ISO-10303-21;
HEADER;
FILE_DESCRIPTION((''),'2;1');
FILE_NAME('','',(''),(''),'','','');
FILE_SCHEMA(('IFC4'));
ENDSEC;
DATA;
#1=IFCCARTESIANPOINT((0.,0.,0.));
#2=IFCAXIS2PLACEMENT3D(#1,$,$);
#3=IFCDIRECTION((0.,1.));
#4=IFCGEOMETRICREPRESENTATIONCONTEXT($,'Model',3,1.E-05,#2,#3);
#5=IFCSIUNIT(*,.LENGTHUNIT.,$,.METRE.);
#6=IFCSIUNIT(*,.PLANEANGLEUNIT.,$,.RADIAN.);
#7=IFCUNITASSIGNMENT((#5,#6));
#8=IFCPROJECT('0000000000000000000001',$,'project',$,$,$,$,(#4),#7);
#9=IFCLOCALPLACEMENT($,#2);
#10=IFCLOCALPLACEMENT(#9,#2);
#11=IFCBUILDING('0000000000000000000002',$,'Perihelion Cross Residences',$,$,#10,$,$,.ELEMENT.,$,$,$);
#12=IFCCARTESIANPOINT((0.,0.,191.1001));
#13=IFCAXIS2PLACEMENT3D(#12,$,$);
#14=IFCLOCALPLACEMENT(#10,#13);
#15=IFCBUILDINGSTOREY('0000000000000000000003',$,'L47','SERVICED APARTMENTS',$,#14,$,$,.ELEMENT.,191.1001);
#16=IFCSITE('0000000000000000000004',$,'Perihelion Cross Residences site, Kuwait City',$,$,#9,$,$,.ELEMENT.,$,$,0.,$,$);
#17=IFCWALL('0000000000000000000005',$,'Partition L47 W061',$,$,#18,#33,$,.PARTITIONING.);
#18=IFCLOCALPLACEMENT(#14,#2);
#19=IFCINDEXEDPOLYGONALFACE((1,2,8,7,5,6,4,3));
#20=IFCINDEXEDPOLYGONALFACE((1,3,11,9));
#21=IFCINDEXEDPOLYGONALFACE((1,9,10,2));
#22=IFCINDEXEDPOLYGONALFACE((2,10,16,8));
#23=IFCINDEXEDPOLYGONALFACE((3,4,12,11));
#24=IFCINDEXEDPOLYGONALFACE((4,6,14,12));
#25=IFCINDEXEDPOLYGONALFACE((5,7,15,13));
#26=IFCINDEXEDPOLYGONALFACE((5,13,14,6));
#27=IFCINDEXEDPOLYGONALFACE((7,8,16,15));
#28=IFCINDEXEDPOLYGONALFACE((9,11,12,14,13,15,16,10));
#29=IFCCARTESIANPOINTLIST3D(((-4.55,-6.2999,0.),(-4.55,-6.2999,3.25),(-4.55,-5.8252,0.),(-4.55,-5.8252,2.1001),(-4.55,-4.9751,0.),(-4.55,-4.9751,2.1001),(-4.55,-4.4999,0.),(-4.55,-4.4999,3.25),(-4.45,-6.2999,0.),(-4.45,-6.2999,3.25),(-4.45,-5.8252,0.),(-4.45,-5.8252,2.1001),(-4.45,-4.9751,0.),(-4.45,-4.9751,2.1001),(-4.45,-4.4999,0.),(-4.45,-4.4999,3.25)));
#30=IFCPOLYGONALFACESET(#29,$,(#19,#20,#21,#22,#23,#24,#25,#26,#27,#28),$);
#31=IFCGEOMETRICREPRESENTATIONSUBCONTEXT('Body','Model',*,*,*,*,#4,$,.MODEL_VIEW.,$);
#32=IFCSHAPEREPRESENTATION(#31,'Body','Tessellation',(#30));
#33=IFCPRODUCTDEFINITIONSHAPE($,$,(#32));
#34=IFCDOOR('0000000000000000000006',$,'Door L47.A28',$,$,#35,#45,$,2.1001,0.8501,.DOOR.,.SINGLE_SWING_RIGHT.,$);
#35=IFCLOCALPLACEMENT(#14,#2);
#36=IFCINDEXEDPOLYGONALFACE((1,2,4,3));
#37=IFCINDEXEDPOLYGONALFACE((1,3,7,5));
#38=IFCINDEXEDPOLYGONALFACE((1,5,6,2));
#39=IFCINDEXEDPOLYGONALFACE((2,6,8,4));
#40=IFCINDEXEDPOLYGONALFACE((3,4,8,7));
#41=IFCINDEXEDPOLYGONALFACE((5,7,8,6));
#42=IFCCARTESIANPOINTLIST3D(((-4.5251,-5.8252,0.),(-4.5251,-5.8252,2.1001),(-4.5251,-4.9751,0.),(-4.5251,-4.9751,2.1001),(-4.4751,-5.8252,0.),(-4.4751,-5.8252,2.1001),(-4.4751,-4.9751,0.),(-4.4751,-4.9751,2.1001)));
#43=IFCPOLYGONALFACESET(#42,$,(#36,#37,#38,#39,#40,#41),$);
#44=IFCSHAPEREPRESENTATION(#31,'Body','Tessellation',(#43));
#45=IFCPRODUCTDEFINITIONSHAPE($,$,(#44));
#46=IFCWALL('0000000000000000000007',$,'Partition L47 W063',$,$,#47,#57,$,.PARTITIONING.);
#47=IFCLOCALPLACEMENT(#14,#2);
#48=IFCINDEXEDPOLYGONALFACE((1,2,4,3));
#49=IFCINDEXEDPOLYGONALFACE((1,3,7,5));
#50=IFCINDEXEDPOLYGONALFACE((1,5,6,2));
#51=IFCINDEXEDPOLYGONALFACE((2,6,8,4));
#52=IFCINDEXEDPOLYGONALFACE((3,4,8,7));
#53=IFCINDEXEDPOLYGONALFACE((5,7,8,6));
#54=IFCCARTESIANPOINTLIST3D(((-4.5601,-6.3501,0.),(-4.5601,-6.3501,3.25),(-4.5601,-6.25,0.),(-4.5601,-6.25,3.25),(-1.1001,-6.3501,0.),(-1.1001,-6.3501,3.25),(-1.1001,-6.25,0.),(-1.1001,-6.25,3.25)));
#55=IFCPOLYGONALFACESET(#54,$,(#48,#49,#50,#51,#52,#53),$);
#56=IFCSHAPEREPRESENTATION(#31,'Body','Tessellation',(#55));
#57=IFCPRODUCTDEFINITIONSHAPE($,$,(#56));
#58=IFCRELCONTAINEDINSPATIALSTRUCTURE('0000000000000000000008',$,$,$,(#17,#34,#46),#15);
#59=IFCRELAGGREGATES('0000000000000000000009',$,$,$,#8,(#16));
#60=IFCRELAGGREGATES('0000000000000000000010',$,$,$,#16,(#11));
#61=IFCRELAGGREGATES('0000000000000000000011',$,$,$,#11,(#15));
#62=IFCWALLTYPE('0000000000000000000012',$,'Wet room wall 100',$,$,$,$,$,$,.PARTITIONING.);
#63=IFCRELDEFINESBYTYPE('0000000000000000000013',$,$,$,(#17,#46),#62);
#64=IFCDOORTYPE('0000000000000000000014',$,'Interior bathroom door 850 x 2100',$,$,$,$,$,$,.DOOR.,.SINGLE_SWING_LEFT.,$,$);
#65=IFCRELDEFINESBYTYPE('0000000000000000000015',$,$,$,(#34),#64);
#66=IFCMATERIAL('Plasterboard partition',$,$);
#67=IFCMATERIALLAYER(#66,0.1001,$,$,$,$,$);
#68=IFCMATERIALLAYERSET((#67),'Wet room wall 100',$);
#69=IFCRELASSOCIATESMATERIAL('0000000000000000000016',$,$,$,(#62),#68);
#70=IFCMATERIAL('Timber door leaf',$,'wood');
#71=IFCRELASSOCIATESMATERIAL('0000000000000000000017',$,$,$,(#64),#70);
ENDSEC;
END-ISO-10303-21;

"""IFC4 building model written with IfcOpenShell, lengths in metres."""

from ifc_helpers import new_model, si_unit, direction, frame, frame_2d, origin, place, context, subcontext, project, spatial, rectangle, extrude, material, layer, layer_set, type_object, element, fill, save


model = new_model("IFC4")

# Units and contexts
model_context = context("Model", 3, precision=1e-05, world=origin(), true_north=direction((0.0, 1.0)))
body_context = subcontext(model_context, "Body", "Model", "MODEL_VIEW")
ifc_project = project(units=[si_unit("LENGTHUNIT", "METRE"), si_unit("PLANEANGLEUNIT", "RADIAN")], contexts=[model_context])

# Site, building, storey
site_placement = place(None, origin())
site = spatial("IfcSite", under=ifc_project, at=site_placement, Name="Perihelion Cross Residences site, Kuwait City", CompositionType="ELEMENT", RefElevation=0.0)
building_placement = place(site_placement, origin())
building = spatial("IfcBuilding", under=site, at=building_placement, Name="Perihelion Cross Residences", CompositionType="ELEMENT")
storey_placement = place(building_placement, frame((0.0, 0.0, 191.1001)))
storey = spatial("IfcBuildingStorey", under=building, at=storey_placement, Name="L47", Description="SERVICED APARTMENTS", CompositionType="ELEMENT", Elevation=191.1001)

# Wall, opening, door
ifc_material_1 = material(Name="Plasterboard partition")
ifc_layer_1 = layer(ifc_material_1, 0.1001)
ifc_layer_set_1 = layer_set([ifc_layer_1], Name="Wet room wall 100")
wall_type_1 = type_object("IfcWallType", Name="Wet room wall 100", PredefinedType="PARTITIONING", material=ifc_layer_set_1)
wall_1_placement = place(storey_placement, frame((-4.5, -4.5, 0.0), z_axis=(0.0, 0.0, 1.0), x_axis=(0.0, -1.0, 0.0)))
wall_1 = element("IfcWall", 1, at=wall_1_placement, inside=storey, type_object=wall_type_1, Name="Partition L47 W061", PredefinedType="PARTITIONING", context=body_context, shape_type="SweptSolid", body=[
    extrude(rectangle(XDim=1.8, YDim=0.1001, at=frame_2d((0.8999, 0.0))), origin(), (0.0, 0.0, 1.0), 3.25),
])
opening_1_placement = place(wall_1_placement, frame((0.4751, 0.0, 0.0)))
opening_1 = element("IfcOpeningElement", 2, at=opening_1_placement, cuts=wall_1, PredefinedType="OPENING", context=body_context, shape_type="SweptSolid", body=[
    extrude(rectangle(XDim=0.8501, YDim=2.1001, at=frame_2d((0.425, 1.05))), frame((0.0, 0.0601, 0.0), z_axis=(0.0, -1.0, 0.0), x_axis=(1.0, 0.0, 0.0)), (0.0, 0.0, 1.0), 0.1201),
])
ifc_material_2 = material(Name="Timber door leaf", Category="wood")
door_type_1 = type_object("IfcDoorType", Name="Interior bathroom door 850 x 2100", OperationType="SINGLE_SWING_LEFT", PredefinedType="DOOR", material=ifc_material_2)
door_1_placement = place(opening_1_placement, origin())
door_1 = element("IfcDoor", 3, at=door_1_placement, inside=storey, type_object=door_type_1, Name="Door L47.A28", OperationType="SINGLE_SWING_RIGHT", OverallHeight=2.1001, OverallWidth=0.8501, PredefinedType="DOOR", context=body_context, shape_type="SweptSolid", body=[
    extrude(rectangle(XDim=0.8501, YDim=2.1001, at=frame_2d((0.425, 1.05))), frame((0.0, 0.0249, 0.0), z_axis=(0.0, -1.0, 0.0), x_axis=(1.0, 0.0, 0.0)), (0.0, 0.0, 1.0), 0.05),
])
fill(opening_1, door_1)

# Wall
wall_2_placement = place(storey_placement, frame((-1.1001, -6.3, 0.0), z_axis=(0.0, 0.0, 1.0), x_axis=(-1.0, 0.0, 0.0)))
element("IfcWall", 4, at=wall_2_placement, inside=storey, type_object=wall_type_1, Name="Partition L47 W063", PredefinedType="PARTITIONING", context=body_context, shape_type="SweptSolid", body=[
    extrude(rectangle(XDim=3.46, YDim=0.1001, at=frame_2d((1.73, 0.0))), origin(), (0.0, 0.0, 1.0), 3.25),
])

save(model, "model.ifc")
